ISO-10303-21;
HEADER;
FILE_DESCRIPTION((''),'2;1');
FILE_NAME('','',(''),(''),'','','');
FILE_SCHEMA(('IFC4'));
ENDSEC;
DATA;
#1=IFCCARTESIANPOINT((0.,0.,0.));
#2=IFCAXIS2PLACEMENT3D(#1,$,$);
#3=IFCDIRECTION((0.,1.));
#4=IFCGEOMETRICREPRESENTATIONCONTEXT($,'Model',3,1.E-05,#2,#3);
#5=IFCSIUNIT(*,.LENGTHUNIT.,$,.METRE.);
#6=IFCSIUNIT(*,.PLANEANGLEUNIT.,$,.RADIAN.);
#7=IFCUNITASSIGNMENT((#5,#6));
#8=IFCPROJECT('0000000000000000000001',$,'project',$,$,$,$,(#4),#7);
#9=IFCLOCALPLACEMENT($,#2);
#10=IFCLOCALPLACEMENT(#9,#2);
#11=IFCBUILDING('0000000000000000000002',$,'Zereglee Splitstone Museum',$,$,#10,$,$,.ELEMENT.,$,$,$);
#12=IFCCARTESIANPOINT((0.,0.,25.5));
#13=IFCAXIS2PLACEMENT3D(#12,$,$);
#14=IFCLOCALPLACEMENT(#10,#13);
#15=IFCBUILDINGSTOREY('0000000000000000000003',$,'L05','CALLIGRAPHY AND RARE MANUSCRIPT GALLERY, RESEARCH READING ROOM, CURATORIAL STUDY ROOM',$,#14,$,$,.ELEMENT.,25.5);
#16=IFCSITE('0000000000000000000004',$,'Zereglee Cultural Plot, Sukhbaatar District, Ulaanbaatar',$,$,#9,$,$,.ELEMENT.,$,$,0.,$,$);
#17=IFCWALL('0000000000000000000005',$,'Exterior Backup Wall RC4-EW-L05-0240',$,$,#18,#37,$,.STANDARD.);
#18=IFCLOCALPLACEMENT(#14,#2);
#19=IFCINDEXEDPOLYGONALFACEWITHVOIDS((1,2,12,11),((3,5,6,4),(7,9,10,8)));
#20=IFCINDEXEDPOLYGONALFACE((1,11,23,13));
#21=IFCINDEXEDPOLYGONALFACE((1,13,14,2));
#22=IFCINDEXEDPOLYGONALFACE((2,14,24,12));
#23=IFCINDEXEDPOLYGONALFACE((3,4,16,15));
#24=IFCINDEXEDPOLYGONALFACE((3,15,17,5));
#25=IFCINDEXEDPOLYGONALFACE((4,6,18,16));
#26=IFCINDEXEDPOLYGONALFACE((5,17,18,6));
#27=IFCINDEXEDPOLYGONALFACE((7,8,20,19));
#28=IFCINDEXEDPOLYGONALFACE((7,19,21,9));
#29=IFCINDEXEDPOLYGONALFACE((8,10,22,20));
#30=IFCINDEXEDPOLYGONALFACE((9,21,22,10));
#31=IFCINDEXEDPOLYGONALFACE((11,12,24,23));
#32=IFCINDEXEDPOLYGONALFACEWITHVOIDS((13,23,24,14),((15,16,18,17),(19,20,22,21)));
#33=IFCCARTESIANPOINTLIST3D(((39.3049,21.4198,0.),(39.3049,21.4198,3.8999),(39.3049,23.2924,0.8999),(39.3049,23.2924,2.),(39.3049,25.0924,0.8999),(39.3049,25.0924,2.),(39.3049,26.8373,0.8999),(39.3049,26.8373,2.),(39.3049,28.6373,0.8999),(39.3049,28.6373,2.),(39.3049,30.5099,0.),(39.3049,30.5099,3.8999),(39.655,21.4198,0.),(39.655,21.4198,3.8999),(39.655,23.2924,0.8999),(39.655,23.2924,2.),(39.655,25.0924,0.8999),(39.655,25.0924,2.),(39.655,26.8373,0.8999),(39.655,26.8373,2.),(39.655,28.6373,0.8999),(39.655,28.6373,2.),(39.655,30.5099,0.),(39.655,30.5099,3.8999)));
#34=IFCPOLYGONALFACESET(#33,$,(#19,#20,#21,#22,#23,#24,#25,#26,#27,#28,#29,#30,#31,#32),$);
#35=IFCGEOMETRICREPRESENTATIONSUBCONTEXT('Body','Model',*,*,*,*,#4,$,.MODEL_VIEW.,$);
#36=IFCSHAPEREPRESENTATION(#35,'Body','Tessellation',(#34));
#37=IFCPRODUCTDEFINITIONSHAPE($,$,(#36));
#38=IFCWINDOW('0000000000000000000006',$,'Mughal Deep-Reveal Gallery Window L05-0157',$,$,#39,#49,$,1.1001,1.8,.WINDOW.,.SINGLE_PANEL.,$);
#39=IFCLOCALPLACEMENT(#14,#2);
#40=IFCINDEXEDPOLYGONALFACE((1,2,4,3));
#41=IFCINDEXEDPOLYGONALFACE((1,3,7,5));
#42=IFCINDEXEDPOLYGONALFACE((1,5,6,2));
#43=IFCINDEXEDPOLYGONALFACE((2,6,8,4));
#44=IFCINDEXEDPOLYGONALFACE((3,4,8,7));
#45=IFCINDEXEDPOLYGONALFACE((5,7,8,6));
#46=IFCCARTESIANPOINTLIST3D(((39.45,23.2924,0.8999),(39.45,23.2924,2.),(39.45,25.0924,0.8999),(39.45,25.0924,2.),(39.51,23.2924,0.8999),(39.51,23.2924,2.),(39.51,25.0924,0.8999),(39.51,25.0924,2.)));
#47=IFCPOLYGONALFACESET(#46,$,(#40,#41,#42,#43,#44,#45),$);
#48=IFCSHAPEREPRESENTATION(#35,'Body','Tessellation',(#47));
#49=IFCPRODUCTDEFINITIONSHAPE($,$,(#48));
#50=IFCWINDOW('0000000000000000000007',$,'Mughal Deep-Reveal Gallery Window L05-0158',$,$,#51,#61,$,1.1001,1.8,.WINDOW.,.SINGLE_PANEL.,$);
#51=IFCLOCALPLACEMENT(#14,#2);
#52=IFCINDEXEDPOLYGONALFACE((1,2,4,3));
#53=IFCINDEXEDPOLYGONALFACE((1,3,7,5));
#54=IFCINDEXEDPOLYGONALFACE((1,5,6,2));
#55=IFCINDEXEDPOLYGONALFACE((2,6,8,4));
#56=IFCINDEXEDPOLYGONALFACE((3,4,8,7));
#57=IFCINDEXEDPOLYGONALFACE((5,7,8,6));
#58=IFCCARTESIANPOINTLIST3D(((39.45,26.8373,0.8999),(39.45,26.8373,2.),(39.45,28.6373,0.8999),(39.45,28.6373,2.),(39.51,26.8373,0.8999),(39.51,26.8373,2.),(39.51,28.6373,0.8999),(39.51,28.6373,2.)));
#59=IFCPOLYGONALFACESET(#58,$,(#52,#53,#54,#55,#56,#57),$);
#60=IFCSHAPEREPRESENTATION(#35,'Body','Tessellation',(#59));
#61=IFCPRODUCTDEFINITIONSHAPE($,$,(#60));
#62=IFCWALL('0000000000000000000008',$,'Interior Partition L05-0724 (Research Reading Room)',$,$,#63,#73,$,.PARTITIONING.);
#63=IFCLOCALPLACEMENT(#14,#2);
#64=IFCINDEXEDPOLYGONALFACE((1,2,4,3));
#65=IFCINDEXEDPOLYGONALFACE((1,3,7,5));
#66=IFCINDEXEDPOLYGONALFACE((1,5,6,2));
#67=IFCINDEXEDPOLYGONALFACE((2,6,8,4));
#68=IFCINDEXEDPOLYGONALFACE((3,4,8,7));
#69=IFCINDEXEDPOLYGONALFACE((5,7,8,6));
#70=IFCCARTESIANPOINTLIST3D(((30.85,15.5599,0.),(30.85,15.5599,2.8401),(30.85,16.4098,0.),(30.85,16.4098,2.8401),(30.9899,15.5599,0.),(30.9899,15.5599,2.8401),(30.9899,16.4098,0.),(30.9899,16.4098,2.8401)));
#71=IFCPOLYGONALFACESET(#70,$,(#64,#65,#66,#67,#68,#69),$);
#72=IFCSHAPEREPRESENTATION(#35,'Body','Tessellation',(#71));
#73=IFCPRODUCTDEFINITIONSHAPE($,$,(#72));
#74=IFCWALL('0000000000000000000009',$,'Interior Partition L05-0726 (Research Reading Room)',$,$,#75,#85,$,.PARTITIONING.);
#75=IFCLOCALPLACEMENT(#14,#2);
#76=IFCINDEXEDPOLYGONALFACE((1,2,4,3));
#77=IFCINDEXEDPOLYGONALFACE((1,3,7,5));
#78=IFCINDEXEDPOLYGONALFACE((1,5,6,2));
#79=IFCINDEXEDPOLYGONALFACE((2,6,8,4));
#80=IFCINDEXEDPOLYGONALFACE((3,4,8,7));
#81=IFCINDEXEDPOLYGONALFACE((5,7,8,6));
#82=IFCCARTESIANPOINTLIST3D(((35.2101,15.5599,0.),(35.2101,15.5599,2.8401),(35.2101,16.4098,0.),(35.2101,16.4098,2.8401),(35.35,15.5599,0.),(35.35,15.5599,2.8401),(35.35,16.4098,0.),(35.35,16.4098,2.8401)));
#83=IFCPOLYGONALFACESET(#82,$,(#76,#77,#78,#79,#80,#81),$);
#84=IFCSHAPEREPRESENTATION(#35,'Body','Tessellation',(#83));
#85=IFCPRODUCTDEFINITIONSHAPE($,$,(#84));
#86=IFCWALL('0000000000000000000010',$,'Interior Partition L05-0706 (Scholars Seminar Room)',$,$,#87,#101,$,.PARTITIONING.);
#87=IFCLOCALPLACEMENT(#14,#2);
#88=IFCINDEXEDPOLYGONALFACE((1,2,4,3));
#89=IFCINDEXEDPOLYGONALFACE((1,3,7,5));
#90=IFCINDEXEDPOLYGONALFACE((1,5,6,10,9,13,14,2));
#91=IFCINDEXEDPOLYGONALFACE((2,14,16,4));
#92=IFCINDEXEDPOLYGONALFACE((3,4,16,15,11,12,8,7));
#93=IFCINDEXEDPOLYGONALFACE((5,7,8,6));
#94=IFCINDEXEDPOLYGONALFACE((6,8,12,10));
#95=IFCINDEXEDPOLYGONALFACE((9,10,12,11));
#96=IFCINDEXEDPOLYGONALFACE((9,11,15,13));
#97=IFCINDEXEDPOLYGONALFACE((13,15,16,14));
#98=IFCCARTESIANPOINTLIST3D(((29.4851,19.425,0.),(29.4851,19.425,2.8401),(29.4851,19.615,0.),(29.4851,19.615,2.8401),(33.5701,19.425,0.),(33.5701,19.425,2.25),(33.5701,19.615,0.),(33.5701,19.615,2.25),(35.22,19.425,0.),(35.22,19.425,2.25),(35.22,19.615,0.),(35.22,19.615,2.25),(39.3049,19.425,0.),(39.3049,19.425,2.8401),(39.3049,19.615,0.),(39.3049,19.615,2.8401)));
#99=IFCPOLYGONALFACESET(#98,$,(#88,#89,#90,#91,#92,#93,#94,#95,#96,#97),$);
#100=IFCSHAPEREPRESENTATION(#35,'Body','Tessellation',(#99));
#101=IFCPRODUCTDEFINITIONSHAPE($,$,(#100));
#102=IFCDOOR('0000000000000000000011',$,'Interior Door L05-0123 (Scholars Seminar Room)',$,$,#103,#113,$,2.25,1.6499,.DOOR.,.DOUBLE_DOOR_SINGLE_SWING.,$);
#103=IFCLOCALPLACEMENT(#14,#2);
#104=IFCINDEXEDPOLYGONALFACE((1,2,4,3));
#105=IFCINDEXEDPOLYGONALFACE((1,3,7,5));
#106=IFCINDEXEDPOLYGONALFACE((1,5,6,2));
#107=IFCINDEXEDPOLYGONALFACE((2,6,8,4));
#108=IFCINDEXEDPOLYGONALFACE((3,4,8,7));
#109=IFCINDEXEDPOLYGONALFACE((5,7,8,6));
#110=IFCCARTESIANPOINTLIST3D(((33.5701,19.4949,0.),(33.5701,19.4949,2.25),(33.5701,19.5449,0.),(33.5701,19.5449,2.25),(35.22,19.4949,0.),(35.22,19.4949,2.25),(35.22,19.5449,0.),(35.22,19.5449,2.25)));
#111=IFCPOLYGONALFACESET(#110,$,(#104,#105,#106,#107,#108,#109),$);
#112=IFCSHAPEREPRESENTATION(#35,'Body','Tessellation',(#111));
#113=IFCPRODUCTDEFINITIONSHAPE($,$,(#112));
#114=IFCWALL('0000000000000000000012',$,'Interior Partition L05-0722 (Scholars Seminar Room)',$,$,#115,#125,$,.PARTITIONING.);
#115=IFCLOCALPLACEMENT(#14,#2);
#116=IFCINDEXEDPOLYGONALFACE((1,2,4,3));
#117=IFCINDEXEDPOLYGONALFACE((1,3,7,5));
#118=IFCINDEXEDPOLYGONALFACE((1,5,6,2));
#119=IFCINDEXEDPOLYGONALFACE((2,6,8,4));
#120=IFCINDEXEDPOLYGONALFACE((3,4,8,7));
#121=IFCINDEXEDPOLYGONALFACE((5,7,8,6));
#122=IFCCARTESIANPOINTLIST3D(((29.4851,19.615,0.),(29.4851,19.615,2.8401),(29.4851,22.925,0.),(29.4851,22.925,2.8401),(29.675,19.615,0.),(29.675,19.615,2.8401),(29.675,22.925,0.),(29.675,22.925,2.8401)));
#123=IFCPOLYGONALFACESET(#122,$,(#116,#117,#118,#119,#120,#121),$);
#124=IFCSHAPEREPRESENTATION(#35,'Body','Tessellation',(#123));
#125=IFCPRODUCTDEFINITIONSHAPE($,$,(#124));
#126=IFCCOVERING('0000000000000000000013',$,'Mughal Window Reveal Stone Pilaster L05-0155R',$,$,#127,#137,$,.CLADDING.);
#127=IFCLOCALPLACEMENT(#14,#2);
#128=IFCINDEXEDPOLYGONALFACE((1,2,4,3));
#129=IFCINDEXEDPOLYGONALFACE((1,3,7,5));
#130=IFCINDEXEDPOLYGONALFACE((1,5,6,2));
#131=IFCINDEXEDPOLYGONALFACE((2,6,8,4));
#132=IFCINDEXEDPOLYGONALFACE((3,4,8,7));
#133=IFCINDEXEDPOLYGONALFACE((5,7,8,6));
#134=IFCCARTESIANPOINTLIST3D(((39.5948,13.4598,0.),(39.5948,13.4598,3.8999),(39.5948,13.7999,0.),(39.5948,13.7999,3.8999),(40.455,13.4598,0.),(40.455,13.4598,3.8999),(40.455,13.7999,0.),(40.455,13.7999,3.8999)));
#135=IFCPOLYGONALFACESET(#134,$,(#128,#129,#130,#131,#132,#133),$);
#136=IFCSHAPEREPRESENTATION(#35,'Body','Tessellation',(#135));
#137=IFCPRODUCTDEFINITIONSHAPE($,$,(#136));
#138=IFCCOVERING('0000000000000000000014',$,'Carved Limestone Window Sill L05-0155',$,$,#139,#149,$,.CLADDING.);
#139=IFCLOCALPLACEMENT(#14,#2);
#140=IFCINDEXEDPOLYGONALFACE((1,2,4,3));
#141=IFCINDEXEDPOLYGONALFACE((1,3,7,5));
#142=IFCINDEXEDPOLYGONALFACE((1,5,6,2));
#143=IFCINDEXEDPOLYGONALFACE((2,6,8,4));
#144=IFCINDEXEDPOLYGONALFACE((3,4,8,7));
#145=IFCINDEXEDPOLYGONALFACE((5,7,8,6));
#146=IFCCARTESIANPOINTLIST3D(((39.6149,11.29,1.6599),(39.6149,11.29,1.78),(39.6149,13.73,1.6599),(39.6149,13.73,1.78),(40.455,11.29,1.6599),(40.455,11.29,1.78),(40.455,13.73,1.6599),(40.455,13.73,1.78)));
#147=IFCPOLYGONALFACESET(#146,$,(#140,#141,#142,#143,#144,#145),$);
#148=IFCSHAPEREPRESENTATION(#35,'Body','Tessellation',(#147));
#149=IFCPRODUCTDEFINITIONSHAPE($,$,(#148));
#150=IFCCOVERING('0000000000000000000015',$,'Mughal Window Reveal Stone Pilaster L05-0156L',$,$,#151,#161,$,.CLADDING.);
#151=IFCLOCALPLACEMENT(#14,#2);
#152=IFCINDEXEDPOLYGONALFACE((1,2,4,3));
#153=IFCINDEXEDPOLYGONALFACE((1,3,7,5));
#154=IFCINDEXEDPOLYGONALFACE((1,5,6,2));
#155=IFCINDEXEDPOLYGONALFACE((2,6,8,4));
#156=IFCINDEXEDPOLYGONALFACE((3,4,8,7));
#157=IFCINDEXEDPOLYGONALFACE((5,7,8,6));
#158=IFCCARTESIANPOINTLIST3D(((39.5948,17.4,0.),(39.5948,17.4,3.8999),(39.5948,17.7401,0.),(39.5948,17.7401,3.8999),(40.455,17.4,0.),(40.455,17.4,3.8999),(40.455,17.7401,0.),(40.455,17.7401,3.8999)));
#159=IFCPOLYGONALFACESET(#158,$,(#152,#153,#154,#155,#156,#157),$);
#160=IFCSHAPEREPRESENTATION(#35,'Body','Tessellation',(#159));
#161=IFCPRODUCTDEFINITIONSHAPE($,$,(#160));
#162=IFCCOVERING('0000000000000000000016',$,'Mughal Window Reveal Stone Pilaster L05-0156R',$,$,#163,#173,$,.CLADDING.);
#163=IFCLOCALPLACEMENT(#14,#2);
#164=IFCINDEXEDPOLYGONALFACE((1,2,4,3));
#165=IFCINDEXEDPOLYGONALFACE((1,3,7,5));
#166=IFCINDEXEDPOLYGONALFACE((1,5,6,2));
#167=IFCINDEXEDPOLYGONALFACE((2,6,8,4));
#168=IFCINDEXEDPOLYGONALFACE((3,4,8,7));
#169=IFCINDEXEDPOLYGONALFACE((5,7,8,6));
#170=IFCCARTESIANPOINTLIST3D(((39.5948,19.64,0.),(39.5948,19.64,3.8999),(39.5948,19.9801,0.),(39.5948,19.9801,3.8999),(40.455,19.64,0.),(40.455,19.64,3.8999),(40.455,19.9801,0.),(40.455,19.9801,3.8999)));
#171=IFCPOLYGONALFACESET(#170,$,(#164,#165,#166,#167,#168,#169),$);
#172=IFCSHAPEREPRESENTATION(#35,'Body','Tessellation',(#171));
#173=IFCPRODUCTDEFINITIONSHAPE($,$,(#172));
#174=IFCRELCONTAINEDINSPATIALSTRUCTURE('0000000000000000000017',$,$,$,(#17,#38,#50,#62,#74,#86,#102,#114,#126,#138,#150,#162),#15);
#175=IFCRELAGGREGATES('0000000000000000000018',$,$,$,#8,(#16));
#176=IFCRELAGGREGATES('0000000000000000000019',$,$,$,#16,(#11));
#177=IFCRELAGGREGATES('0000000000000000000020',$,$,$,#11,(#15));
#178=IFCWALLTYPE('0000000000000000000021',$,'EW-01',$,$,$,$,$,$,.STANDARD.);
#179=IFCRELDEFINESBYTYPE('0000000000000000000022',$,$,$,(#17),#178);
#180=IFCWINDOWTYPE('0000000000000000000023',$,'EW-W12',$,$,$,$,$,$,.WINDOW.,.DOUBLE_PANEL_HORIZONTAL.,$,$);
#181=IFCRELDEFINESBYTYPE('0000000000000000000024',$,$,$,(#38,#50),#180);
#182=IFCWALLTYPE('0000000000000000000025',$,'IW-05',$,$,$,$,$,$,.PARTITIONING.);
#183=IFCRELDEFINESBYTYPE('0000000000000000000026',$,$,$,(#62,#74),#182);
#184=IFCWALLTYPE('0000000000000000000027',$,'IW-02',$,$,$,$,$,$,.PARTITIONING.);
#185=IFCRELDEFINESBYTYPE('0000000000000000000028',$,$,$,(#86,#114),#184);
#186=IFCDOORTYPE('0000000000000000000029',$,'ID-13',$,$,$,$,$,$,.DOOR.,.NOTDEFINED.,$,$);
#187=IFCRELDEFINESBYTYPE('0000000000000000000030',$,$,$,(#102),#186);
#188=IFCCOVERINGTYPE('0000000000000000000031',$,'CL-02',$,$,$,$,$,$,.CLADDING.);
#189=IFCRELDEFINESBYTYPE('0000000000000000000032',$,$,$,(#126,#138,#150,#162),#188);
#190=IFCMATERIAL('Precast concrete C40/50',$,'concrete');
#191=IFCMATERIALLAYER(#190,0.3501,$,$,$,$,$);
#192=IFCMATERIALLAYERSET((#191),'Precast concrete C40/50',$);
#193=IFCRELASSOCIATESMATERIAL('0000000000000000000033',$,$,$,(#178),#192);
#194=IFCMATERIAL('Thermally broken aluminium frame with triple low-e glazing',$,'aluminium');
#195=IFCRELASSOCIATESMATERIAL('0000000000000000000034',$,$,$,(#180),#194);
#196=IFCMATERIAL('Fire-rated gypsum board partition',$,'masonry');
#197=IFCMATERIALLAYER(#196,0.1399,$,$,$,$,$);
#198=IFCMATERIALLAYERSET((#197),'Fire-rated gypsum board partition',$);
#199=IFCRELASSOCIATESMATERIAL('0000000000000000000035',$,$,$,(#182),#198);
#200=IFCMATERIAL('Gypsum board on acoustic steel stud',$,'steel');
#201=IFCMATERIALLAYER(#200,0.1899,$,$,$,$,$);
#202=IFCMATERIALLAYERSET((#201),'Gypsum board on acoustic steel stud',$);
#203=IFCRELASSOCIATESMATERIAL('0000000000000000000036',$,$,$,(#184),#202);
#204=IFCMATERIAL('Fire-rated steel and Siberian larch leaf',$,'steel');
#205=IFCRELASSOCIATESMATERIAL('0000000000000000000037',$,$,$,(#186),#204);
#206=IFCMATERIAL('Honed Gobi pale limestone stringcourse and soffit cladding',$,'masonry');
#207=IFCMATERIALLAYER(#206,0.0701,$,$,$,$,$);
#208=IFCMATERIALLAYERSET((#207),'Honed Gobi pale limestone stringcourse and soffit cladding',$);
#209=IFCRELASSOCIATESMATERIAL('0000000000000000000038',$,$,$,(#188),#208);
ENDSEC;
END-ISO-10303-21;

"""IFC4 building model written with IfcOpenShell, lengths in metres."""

from ifc_helpers import new_model, si_unit, direction, frame, frame_2d, origin, origin_2d, place, context, subcontext, project, spatial, rectangle, extrude, material, layer, layer_set, type_object, element, fill, save


model = new_model("IFC4")

# Units and contexts
model_context = context("Model", 3, precision=1e-05, world=origin(), true_north=direction((0.0, 1.0)))
body_context = subcontext(model_context, "Body", "Model", "MODEL_VIEW")
ifc_project = project(units=[si_unit("LENGTHUNIT", "METRE"), si_unit("PLANEANGLEUNIT", "RADIAN")], contexts=[model_context])

# Site, building, storey
site_placement = place(None, origin())
site = spatial("IfcSite", under=ifc_project, at=site_placement, Name="Zereglee Cultural Plot, Sukhbaatar District, Ulaanbaatar", CompositionType="ELEMENT", RefElevation=0.0)
building_placement = place(site_placement, origin())
building = spatial("IfcBuilding", under=site, at=building_placement, Name="Zereglee Splitstone Museum", CompositionType="ELEMENT")
storey_placement = place(building_placement, frame((0.0, 0.0, 25.5)))
storey = spatial("IfcBuildingStorey", under=building, at=storey_placement, Name="L05", Description="CALLIGRAPHY AND RARE MANUSCRIPT GALLERY, RESEARCH READING ROOM, CURATORIAL STUDY ROOM", CompositionType="ELEMENT", Elevation=25.5)

# Shared definitions
ifc_material_1 = material(Name="Fire-rated steel and Siberian larch leaf", Category="steel")

# Wall, openings, windows
ifc_material_2 = material(Name="Precast concrete C40/50", Category="concrete")
ifc_layer_1 = layer(ifc_material_2, 0.3501)
ifc_layer_set_1 = layer_set([ifc_layer_1], Name="Precast concrete C40/50")
wall_type_1 = type_object("IfcWallType", Name="EW-01", PredefinedType="STANDARD", material=ifc_layer_set_1)
wall_1_placement = place(storey_placement, frame((39.48, 21.4199, 0.0), z_axis=(0.0, 0.0, 1.0), x_axis=(0.0, 1.0, 0.0)))
wall_1 = element("IfcWall", 1, at=wall_1_placement, inside=storey, type_object=wall_type_1, Name="Exterior Backup Wall RC4-EW-L05-0240", PredefinedType="STANDARD", context=body_context, shape_type="SweptSolid", body=[
    extrude(rectangle(XDim=9.0901, YDim=0.3501, at=frame_2d((4.5449, 0.0))), origin(), (0.0, 0.0, 1.0), 3.8999),
])
opening_1_placement = place(wall_1_placement, frame((1.8726, 0.0, 0.8999)))
opening_1 = element("IfcOpeningElement", 2, at=opening_1_placement, cuts=wall_1, PredefinedType="OPENING", context=body_context, shape_type="SweptSolid", body=[
    extrude(rectangle(XDim=1.8, YDim=1.1001, at=frame_2d((0.8999, 0.55))), frame((0.0, 0.1899, 0.0), z_axis=(0.0, -1.0, 0.0), x_axis=(1.0, 0.0, 0.0)), (0.0, 0.0, 1.0), 0.3799),
])
opening_2_placement = place(wall_1_placement, frame((5.4175, 0.0, 0.8999)))
opening_2 = element("IfcOpeningElement", 3, at=opening_2_placement, cuts=wall_1, PredefinedType="OPENING", context=body_context, shape_type="SweptSolid", body=[
    extrude(rectangle(XDim=1.8, YDim=1.1001, at=frame_2d((0.8999, 0.55))), frame((0.0, 0.1899, 0.0), z_axis=(0.0, -1.0, 0.0), x_axis=(1.0, 0.0, 0.0)), (0.0, 0.0, 1.0), 0.3799),
])
ifc_material_3 = material(Name="Thermally broken aluminium frame with triple low-e glazing", Category="aluminium")
window_type = type_object("IfcWindowType", Name="EW-W12", PartitioningType="DOUBLE_PANEL_HORIZONTAL", PredefinedType="WINDOW", material=ifc_material_3)
window_1_placement = place(opening_1_placement, origin())
window_1 = element("IfcWindow", 4, at=window_1_placement, inside=storey, type_object=window_type, Name="Mughal Deep-Reveal Gallery Window L05-0157", OverallHeight=1.1001, OverallWidth=1.8, PartitioningType="SINGLE_PANEL", PredefinedType="WINDOW", context=body_context, shape_type="SweptSolid", body=[
    extrude(rectangle(XDim=1.8, YDim=1.1001, at=frame_2d((0.8999, 0.55))), frame((0.0, 0.03, 0.0), z_axis=(0.0, -1.0, 0.0), x_axis=(1.0, 0.0, 0.0)), (0.0, 0.0, 1.0), 0.0601),
])
fill(opening_1, window_1)
window_2_placement = place(opening_2_placement, origin())
window_2 = element("IfcWindow", 5, at=window_2_placement, inside=storey, type_object=window_type, Name="Mughal Deep-Reveal Gallery Window L05-0158", OverallHeight=1.1001, OverallWidth=1.8, PartitioningType="SINGLE_PANEL", PredefinedType="WINDOW", context=body_context, shape_type="SweptSolid", body=[
    extrude(rectangle(XDim=1.8, YDim=1.1001, at=frame_2d((0.8999, 0.55))), frame((0.0, 0.03, 0.0), z_axis=(0.0, -1.0, 0.0), x_axis=(1.0, 0.0, 0.0)), (0.0, 0.0, 1.0), 0.0601),
])
fill(opening_2, window_2)

# Shared definitions
ifc_material_4 = material(Name="Fire-rated gypsum board partition", Category="masonry")
ifc_layer_2 = layer(ifc_material_4, 0.1399)
ifc_layer_set_2 = layer_set([ifc_layer_2], Name="Fire-rated gypsum board partition")
wall_type_2 = type_object("IfcWallType", Name="IW-05", PredefinedType="PARTITIONING", material=ifc_layer_set_2)

# Walls
for number, where, z_axis, x_axis, name in (
    (6, (30.9199, 15.5601, 0.0), (0.0, 0.0, 1.0), (0.0, 1.0, 0.0), "Interior Partition L05-0724 (Research Reading Room)"),
    (7, (35.28, 15.5601, 0.0), (0.0, 0.0, 1.0), (0.0, 1.0, 0.0), "Interior Partition L05-0726 (Research Reading Room)"),
):
    element("IfcWall", number, at=place(storey_placement, frame(where, z_axis=z_axis, x_axis=x_axis)), inside=storey, type_object=wall_type_2, Name=name, PredefinedType="PARTITIONING", context=body_context, shape_type="SweptSolid", body=[
        extrude(rectangle(XDim=0.8499, YDim=0.1399, at=frame_2d((0.4248, 0.0))), origin(), (0.0, 0.0, 1.0), 2.8401),
    ])

# Wall, opening, door
ifc_material_5 = material(Name="Gypsum board on acoustic steel stud", Category="steel")
ifc_layer_3 = layer(ifc_material_5, 0.1899)
ifc_layer_set_3 = layer_set([ifc_layer_3], Name="Gypsum board on acoustic steel stud")
wall_type_3 = type_object("IfcWallType", Name="IW-02", PredefinedType="PARTITIONING", material=ifc_layer_set_3)
wall_2_placement = place(storey_placement, frame((29.4851, 19.52, 0.0), z_axis=(0.0, 0.0, 1.0), x_axis=(1.0, 0.0, 0.0)))
wall_2 = element("IfcWall", 8, at=wall_2_placement, inside=storey, type_object=wall_type_3, Name="Interior Partition L05-0706 (Scholars Seminar Room)", PredefinedType="PARTITIONING", context=body_context, shape_type="SweptSolid", body=[
    extrude(rectangle(XDim=9.8198, YDim=0.1899, at=frame_2d((4.9099, 0.0))), origin(), (0.0, 0.0, 1.0), 2.8401),
])
opening_3_placement = place(wall_2_placement, frame((4.085, 0.0, 0.0)))
opening_3 = element("IfcOpeningElement", 9, at=opening_3_placement, cuts=wall_2, PredefinedType="OPENING", context=body_context, shape_type="SweptSolid", body=[
    extrude(rectangle(XDim=1.6499, YDim=2.25, at=frame_2d((0.825, 1.125))), frame((0.0, 0.1099, 0.0), z_axis=(0.0, -1.0, 0.0), x_axis=(1.0, 0.0, 0.0)), (0.0, 0.0, 1.0), 0.2197),
])
door_type_1 = type_object("IfcDoorType", Name="ID-13", OperationType="NOTDEFINED", PredefinedType="DOOR", material=ifc_material_1)
door_1_placement = place(opening_3_placement, origin())
door_1 = element("IfcDoor", 10, at=door_1_placement, inside=storey, type_object=door_type_1, Name="Interior Door L05-0123 (Scholars Seminar Room)", OperationType="DOUBLE_DOOR_SINGLE_SWING", OverallHeight=2.25, OverallWidth=1.6499, PredefinedType="DOOR", context=body_context, shape_type="SweptSolid", body=[
    extrude(rectangle(XDim=1.6499, YDim=2.25, at=frame_2d((0.825, 1.125))), frame((0.0, 0.0249, 0.0), z_axis=(0.0, -1.0, 0.0), x_axis=(1.0, 0.0, 0.0)), (0.0, 0.0, 1.0), 0.05),
])
fill(opening_3, door_1)

# Wall
wall_3_placement = place(storey_placement, frame((29.5801, 19.615, 0.0), z_axis=(0.0, 0.0, 1.0), x_axis=(0.0, 1.0, 0.0)))
element("IfcWall", 11, at=wall_3_placement, inside=storey, type_object=wall_type_3, Name="Interior Partition L05-0722 (Scholars Seminar Room)", PredefinedType="PARTITIONING", context=body_context, shape_type="SweptSolid", body=[
    extrude(rectangle(XDim=3.3101, YDim=0.1899, at=frame_2d((1.655, 0.0))), origin(), (0.0, 0.0, 1.0), 2.8401),
])

# Coverings
ifc_material_6 = material(Name="Honed Gobi pale limestone stringcourse and soffit cladding", Category="masonry")
ifc_layer_4 = layer(ifc_material_6, 0.0701)
ifc_layer_set_4 = layer_set([ifc_layer_4], Name="Honed Gobi pale limestone stringcourse and soffit cladding")
covering_type_1 = type_object("IfcCoveringType", Name="CL-02", PredefinedType="CLADDING", material=ifc_layer_set_4)
covering_1_placement = place(storey_placement, frame((40.0249, 13.6299, 0.0), z_axis=(0.0, 0.0, 1.0), x_axis=(0.0, 1.0, 0.0)))
element("IfcCovering", 12, at=covering_1_placement, inside=storey, type_object=covering_type_1, Name="Mughal Window Reveal Stone Pilaster L05-0155R", PredefinedType="CLADDING", context=body_context, shape_type="SweptSolid", body=[
    extrude(rectangle(XDim=0.3401, YDim=0.8601, at=origin_2d()), origin(), (0.0, 0.0, 1.0), 3.8999),
])
covering_2_placement = place(storey_placement, frame((40.0349, 12.51, 1.6599), z_axis=(0.0, 0.0, 1.0), x_axis=(0.0, 1.0, 0.0)))
element("IfcCovering", 13, at=covering_2_placement, inside=storey, type_object=covering_type_1, Name="Carved Limestone Window Sill L05-0155", PredefinedType="CLADDING", context=body_context, shape_type="SweptSolid", body=[
    extrude(rectangle(XDim=2.4399, YDim=0.8401, at=origin_2d()), origin(), (0.0, 0.0, 1.0), 0.1201),
])
for number, where, z_axis, x_axis, name in (
    (14, (40.0249, 17.5701, 0.0), (0.0, 0.0, 1.0), (0.0, 1.0, 0.0), "Mughal Window Reveal Stone Pilaster L05-0156L"),
    (15, (40.0249, 19.8101, 0.0), (0.0, 0.0, 1.0), (0.0, 1.0, 0.0), "Mughal Window Reveal Stone Pilaster L05-0156R"),
):
    element("IfcCovering", number, at=place(storey_placement, frame(where, z_axis=z_axis, x_axis=x_axis)), inside=storey, type_object=covering_type_1, Name=name, PredefinedType="CLADDING", context=body_context, shape_type="SweptSolid", body=[
        extrude(rectangle(XDim=0.3401, YDim=0.8601, at=origin_2d()), origin(), (0.0, 0.0, 1.0), 3.8999),
    ])

save(model, "model.ifc")
